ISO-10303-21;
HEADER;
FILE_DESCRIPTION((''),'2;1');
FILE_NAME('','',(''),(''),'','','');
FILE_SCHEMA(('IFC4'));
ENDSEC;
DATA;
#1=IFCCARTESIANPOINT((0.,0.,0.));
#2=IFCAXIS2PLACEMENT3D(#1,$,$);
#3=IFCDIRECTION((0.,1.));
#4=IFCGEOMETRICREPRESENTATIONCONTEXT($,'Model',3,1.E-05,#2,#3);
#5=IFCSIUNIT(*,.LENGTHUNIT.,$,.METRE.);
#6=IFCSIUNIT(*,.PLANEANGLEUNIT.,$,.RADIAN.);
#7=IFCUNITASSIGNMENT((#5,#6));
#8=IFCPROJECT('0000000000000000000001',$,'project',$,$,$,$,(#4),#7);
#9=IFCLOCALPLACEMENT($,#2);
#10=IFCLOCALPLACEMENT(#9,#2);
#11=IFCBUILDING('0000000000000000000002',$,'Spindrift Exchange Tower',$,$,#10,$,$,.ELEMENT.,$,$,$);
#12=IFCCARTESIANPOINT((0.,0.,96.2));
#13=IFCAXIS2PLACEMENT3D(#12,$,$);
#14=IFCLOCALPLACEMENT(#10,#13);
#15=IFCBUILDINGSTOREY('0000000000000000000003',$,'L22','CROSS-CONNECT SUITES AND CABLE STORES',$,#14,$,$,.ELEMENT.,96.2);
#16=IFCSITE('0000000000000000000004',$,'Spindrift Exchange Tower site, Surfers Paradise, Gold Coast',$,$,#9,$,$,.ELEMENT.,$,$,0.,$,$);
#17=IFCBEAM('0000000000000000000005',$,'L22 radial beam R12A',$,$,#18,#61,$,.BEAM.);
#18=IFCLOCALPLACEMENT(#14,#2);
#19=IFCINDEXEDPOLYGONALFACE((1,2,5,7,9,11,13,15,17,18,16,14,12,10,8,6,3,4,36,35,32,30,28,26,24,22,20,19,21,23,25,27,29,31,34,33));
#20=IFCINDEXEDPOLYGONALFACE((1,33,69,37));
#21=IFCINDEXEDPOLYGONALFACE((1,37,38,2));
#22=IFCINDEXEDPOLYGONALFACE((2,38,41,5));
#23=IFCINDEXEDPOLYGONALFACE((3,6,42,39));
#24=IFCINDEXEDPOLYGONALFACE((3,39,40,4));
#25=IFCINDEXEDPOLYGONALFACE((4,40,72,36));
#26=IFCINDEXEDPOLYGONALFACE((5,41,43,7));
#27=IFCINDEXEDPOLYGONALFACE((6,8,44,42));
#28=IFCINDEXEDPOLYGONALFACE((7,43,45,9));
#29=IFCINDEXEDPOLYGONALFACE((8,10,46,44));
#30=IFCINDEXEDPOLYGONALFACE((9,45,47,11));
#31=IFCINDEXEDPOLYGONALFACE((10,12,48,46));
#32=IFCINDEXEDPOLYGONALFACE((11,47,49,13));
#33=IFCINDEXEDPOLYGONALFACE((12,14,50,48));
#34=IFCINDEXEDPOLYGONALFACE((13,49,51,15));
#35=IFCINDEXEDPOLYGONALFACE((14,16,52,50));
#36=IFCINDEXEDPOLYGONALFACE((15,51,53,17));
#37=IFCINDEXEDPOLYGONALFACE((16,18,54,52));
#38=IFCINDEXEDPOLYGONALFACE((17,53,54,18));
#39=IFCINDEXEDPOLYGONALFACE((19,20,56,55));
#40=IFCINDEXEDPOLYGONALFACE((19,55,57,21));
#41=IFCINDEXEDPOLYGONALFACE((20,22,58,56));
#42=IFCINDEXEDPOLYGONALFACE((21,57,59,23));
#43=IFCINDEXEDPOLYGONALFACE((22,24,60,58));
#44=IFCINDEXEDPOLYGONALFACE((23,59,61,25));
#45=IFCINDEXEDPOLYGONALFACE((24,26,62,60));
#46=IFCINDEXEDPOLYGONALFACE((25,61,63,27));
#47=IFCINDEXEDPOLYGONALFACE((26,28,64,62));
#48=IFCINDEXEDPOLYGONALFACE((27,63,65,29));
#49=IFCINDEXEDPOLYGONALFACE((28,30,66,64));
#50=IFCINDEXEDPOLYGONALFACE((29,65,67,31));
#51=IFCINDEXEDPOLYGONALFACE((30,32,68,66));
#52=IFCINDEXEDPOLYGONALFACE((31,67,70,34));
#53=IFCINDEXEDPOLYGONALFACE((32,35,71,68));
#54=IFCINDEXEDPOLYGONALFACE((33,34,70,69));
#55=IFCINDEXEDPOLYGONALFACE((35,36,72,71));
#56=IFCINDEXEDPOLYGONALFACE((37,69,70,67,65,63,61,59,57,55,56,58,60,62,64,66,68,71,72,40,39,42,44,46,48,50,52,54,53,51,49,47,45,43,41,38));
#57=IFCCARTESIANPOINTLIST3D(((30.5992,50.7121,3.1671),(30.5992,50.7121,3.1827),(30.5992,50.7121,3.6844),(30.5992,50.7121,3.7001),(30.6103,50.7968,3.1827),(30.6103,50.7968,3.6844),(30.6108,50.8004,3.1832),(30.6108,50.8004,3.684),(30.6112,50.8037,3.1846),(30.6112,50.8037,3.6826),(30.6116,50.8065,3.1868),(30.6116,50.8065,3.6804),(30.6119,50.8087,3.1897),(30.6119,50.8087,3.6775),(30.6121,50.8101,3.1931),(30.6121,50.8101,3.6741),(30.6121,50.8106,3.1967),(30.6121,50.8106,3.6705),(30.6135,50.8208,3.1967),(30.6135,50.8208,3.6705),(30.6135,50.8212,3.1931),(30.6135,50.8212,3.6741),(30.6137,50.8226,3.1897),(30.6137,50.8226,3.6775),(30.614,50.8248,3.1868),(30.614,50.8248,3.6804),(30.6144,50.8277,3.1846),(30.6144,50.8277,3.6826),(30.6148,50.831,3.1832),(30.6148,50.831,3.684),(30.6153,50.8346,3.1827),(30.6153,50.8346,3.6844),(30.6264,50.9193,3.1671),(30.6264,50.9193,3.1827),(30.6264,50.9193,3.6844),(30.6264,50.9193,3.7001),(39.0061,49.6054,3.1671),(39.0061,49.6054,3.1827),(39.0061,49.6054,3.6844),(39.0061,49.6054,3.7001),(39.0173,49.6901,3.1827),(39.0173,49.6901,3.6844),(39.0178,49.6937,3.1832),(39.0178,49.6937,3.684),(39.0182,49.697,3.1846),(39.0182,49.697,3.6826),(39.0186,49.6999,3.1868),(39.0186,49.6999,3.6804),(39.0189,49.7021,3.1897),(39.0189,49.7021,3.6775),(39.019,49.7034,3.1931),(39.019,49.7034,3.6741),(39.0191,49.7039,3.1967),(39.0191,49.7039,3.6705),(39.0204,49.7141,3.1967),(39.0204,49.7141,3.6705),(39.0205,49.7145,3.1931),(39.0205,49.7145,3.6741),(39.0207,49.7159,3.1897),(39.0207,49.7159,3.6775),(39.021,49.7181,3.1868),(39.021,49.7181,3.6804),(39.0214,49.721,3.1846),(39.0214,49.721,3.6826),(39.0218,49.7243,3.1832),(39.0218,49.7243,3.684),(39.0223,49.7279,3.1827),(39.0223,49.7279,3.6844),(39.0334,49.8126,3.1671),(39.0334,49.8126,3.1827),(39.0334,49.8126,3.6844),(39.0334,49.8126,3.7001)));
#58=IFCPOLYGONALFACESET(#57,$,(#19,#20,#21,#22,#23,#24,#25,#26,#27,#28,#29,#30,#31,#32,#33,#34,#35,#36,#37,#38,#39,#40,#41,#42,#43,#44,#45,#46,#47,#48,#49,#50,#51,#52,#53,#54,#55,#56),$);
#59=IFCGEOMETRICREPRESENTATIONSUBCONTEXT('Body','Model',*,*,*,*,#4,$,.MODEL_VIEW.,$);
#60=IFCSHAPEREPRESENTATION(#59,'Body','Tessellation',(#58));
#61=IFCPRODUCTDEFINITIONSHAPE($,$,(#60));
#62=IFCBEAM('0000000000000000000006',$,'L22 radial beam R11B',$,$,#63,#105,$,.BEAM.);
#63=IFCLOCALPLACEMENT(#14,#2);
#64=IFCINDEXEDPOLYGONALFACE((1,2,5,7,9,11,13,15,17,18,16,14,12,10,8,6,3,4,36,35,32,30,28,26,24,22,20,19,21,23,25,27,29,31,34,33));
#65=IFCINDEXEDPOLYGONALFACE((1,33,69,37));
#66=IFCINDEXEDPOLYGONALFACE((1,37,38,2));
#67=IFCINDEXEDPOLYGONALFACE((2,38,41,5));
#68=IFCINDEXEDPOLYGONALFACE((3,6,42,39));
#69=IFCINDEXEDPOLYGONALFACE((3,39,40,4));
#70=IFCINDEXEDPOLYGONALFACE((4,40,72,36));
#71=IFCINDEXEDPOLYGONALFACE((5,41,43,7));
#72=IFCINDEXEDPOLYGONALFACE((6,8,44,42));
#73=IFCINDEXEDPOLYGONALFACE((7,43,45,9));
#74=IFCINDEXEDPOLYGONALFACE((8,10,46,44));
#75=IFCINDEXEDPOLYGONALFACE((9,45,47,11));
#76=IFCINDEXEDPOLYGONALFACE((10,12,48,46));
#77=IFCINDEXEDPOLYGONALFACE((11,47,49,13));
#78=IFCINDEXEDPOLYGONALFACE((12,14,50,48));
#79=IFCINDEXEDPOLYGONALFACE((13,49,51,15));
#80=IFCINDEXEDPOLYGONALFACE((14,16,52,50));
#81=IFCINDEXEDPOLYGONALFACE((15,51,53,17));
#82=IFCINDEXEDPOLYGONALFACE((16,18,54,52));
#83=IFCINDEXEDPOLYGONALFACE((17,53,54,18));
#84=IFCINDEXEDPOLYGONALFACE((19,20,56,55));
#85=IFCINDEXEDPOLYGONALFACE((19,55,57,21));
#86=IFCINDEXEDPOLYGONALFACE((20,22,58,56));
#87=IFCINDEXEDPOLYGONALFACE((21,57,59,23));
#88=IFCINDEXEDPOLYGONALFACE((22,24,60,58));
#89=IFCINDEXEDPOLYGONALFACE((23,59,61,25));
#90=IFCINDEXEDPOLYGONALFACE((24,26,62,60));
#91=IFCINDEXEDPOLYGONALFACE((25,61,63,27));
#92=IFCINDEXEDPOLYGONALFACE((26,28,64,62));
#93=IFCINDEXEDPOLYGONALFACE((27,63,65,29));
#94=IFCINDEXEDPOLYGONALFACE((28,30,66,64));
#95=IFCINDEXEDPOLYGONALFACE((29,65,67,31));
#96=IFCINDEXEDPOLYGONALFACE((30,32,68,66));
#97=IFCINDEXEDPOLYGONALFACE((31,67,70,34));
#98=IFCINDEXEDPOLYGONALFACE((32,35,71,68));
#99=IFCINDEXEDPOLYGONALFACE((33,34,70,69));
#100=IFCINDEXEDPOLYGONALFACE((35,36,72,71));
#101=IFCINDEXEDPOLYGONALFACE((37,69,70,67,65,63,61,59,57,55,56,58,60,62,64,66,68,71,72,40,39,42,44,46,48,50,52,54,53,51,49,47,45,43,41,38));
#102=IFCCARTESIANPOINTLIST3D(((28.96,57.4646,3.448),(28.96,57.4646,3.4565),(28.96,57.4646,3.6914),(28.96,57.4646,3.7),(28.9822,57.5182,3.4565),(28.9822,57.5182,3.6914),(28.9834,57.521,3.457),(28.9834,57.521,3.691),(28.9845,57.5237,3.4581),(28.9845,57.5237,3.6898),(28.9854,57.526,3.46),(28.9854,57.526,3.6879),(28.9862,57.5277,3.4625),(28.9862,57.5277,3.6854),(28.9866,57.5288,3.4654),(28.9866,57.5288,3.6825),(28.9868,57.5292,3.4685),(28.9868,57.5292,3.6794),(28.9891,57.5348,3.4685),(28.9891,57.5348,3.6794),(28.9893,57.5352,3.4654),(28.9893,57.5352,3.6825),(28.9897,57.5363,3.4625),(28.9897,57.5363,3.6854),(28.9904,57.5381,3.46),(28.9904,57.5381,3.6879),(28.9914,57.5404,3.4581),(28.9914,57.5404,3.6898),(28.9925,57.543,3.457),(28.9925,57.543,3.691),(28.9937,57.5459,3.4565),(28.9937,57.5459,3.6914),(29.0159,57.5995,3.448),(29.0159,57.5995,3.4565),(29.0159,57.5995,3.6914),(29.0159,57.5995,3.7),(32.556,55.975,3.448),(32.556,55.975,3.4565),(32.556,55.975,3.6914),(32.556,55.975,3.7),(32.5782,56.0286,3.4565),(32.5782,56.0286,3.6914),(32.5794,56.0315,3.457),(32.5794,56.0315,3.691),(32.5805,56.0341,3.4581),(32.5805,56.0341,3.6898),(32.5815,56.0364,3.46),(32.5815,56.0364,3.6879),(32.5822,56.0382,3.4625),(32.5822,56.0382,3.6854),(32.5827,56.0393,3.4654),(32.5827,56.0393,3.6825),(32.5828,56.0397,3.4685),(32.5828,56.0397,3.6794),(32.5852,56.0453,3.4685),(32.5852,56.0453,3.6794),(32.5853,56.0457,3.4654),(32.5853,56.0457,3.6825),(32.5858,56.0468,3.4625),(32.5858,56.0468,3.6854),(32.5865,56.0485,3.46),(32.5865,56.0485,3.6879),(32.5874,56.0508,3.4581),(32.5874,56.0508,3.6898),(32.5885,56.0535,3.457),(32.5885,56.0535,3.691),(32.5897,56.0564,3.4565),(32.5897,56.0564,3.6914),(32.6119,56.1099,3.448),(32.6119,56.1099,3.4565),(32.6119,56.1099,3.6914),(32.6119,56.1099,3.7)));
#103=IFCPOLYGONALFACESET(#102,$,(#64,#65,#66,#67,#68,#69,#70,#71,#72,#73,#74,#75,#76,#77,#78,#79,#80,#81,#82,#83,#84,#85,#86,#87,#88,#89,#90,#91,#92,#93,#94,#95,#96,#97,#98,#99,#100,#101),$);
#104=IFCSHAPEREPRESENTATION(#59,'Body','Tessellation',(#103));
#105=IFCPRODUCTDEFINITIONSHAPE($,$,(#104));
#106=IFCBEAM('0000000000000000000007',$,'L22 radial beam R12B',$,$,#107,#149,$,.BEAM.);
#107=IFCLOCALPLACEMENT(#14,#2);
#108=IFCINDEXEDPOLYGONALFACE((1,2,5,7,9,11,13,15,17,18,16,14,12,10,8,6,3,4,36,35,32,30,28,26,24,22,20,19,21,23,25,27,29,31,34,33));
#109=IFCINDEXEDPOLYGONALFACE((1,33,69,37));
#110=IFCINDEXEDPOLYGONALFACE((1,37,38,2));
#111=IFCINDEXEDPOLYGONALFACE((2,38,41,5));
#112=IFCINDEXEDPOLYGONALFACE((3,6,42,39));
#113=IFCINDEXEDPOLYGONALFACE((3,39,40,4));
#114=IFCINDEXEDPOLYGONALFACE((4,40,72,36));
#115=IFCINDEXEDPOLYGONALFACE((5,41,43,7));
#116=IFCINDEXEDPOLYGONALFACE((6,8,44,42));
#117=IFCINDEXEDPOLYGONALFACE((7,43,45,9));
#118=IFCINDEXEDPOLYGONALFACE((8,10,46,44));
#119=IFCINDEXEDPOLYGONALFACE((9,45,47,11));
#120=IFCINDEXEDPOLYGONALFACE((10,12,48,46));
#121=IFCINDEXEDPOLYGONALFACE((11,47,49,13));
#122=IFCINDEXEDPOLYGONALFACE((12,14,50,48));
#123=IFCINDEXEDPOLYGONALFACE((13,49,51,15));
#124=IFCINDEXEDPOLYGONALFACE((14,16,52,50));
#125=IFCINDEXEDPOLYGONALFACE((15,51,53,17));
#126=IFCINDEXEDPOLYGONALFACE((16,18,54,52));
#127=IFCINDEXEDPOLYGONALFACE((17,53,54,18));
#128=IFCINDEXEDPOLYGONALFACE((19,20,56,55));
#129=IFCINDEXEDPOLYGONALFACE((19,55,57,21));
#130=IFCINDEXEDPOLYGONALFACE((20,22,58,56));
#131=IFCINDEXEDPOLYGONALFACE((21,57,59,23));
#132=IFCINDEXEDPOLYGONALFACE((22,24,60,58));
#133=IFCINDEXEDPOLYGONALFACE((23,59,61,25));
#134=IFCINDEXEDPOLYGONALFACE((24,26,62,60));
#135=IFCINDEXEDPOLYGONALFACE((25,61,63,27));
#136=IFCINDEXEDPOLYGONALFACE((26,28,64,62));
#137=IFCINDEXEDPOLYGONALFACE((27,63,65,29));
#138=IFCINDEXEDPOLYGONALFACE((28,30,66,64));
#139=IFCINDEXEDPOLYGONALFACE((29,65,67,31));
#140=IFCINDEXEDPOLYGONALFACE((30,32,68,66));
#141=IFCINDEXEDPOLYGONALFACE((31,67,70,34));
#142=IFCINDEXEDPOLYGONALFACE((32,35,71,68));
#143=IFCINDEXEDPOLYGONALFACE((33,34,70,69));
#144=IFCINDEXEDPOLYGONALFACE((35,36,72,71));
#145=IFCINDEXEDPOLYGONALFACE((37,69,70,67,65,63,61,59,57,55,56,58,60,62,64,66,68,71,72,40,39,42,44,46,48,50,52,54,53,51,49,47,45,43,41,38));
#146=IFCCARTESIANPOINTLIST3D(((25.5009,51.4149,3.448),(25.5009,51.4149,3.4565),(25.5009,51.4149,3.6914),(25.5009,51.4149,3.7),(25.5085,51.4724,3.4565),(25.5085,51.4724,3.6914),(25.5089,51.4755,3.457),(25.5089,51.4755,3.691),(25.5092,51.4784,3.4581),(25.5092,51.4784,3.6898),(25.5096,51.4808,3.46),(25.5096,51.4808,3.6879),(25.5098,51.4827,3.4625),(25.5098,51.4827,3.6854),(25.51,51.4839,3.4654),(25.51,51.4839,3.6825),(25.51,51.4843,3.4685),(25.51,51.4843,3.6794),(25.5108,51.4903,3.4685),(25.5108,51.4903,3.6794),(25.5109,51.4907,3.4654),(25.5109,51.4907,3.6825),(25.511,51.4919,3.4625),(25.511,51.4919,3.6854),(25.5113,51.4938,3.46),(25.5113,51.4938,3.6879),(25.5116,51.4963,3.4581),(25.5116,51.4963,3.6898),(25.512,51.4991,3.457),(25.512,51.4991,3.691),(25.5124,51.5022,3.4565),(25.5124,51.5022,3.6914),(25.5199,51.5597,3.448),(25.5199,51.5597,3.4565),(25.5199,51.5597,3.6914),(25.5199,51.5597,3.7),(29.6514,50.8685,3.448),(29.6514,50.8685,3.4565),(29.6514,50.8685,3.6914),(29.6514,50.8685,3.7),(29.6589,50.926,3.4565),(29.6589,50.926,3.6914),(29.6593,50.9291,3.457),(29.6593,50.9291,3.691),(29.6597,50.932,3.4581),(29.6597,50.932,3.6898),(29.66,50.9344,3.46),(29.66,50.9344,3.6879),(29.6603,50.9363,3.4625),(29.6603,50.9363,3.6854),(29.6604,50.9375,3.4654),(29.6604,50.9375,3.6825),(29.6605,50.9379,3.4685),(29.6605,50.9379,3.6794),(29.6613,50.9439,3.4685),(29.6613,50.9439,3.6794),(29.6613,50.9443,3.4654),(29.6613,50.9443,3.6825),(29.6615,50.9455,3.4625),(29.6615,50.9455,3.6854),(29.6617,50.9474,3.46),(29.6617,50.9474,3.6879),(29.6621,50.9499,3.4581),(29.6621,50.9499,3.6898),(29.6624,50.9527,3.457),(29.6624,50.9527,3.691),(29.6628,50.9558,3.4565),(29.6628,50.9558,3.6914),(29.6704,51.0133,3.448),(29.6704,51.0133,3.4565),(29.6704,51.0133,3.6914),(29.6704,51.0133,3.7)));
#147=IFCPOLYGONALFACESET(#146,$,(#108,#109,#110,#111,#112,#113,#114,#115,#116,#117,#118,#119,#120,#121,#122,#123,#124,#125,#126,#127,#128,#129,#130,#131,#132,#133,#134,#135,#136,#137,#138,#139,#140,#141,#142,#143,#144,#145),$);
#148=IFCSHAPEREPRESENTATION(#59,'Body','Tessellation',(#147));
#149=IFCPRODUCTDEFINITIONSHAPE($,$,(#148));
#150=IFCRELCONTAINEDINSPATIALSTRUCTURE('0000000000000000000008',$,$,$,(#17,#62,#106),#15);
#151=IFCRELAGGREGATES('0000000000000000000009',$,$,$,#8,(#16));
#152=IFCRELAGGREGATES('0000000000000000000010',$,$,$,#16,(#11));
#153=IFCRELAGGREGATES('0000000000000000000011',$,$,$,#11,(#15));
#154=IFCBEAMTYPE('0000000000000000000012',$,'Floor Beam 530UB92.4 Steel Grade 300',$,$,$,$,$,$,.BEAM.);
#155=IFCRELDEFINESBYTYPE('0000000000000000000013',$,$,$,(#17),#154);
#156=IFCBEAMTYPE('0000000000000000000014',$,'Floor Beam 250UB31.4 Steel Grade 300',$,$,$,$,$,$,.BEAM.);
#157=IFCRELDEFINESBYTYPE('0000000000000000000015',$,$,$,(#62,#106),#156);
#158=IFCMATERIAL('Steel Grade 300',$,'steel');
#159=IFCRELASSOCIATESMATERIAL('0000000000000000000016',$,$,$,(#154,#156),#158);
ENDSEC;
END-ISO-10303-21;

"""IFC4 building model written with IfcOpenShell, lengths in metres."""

from ifc_helpers import new_model, si_unit, direction, frame, origin, origin_2d, place, context, subcontext, project, spatial, i_section, extrude, source, transform, mapped, material, material_profile, profile_set, type_object, element, save


model = new_model("IFC4")

# Units and contexts
model_context = context("Model", 3, precision=1e-05, world=origin(), true_north=direction((0.0, 1.0)))
body_context = subcontext(model_context, "Body", "Model", "MODEL_VIEW")
ifc_project = project(units=[si_unit("LENGTHUNIT", "METRE"), si_unit("PLANEANGLEUNIT", "RADIAN")], contexts=[model_context])

# Site, building, storey
site_placement = place(None, origin())
site = spatial("IfcSite", under=ifc_project, at=site_placement, Name="Spindrift Exchange Tower site, Surfers Paradise, Gold Coast", CompositionType="ELEMENT", RefElevation=0.0)
building_placement = place(site_placement, origin())
building = spatial("IfcBuilding", under=site, at=building_placement, Name="Spindrift Exchange Tower", CompositionType="ELEMENT")
storey_placement = place(building_placement, frame((0.0, 0.0, 96.2)))
storey = spatial("IfcBuildingStorey", under=building, at=storey_placement, Name="L22", Description="CROSS-CONNECT SUITES AND CABLE STORES", CompositionType="ELEMENT", Elevation=96.2)

# Beams
ifc_material_1 = material(Name="Steel Grade 300", Category="steel")
ifc_material_profile_1 = material_profile(ifc_material_1, i_section(OverallWidth=0.209, OverallDepth=0.533, WebThickness=0.0103, FlangeThickness=0.0156, FilletRadius=0.0139, at=origin_2d()), Name="530UB92.4")
ifc_profile_set_1 = profile_set([ifc_material_profile_1], Name="Steel Grade 300")
beam_type_1 = type_object("IfcBeamType", Name="Floor Beam 530UB92.4 Steel Grade 300", PredefinedType="BEAM", material=ifc_profile_set_1)
shared_shape_1 = source(origin(), body_context, "Body", "SweptSolid", [
    extrude(i_section(OverallWidth=0.209, OverallDepth=0.533, WebThickness=0.0103, FlangeThickness=0.0156, FilletRadius=0.0139, at=origin_2d()), origin(), (0.0, 0.0, 1.0), 8.4795),
])
beam_1_placement = place(storey_placement, frame((39.0198, 49.709, 3.4336), z_axis=(-0.991447, 0.130513, 0.0), x_axis=(-0.130513, -0.991447, 0.0)))
element("IfcBeam", 1, at=beam_1_placement, inside=storey, type_object=beam_type_1, Name="L22 radial beam R12A", PredefinedType="BEAM", context=body_context, shape_type="MappedRepresentation", body=[
    mapped(shared_shape_1, transform((0.0, 0.0, 0.0), scale=1.0)),
])
ifc_material_profile_2 = material_profile(ifc_material_1, i_section(OverallWidth=0.146, OverallDepth=0.252, WebThickness=0.0061, FlangeThickness=0.0085, FilletRadius=0.012, at=origin_2d()), Name="250UB31.4")
ifc_profile_set_2 = profile_set([ifc_material_profile_2], Name="Steel Grade 300")
beam_type_2 = type_object("IfcBeamType", Name="Floor Beam 250UB31.4 Steel Grade 300", PredefinedType="BEAM", material=ifc_profile_set_2)
shared_shape_2 = source(origin(), body_context, "Body", "SweptSolid", [
    extrude(i_section(OverallWidth=0.146, OverallDepth=0.252, WebThickness=0.0061, FlangeThickness=0.0085, FilletRadius=0.012, at=origin_2d()), origin(), (0.0, 0.0, 1.0), 3.8923),
])
beam_2_placement = place(storey_placement, frame((32.584, 56.0425, 3.574), z_axis=(-0.923878, 0.382686, 0.0), x_axis=(-0.382686, -0.923878, 0.0)))
element("IfcBeam", 2, at=beam_2_placement, inside=storey, type_object=beam_type_2, Name="L22 radial beam R11B", PredefinedType="BEAM", context=body_context, shape_type="MappedRepresentation", body=[
    mapped(shared_shape_2, transform((0.0, 0.0, 0.0), scale=1.0)),
])
shared_shape_3 = source(origin(), body_context, "Body", "SweptSolid", [
    extrude(i_section(OverallWidth=0.146, OverallDepth=0.252, WebThickness=0.0061, FlangeThickness=0.0085, FilletRadius=0.012, at=origin_2d()), origin(), (0.0, 0.0, 1.0), 4.1863),
])
beam_3_placement = place(storey_placement, frame((29.6609, 50.9409, 3.574), z_axis=(-0.991446, 0.130521, 0.0), x_axis=(-0.130521, -0.991446, 0.0)))
element("IfcBeam", 3, at=beam_3_placement, inside=storey, type_object=beam_type_2, Name="L22 radial beam R12B", PredefinedType="BEAM", context=body_context, shape_type="MappedRepresentation", body=[
    mapped(shared_shape_3, transform((0.0, 0.0, 0.0), scale=1.0)),
])

save(model, "model.ifc")
